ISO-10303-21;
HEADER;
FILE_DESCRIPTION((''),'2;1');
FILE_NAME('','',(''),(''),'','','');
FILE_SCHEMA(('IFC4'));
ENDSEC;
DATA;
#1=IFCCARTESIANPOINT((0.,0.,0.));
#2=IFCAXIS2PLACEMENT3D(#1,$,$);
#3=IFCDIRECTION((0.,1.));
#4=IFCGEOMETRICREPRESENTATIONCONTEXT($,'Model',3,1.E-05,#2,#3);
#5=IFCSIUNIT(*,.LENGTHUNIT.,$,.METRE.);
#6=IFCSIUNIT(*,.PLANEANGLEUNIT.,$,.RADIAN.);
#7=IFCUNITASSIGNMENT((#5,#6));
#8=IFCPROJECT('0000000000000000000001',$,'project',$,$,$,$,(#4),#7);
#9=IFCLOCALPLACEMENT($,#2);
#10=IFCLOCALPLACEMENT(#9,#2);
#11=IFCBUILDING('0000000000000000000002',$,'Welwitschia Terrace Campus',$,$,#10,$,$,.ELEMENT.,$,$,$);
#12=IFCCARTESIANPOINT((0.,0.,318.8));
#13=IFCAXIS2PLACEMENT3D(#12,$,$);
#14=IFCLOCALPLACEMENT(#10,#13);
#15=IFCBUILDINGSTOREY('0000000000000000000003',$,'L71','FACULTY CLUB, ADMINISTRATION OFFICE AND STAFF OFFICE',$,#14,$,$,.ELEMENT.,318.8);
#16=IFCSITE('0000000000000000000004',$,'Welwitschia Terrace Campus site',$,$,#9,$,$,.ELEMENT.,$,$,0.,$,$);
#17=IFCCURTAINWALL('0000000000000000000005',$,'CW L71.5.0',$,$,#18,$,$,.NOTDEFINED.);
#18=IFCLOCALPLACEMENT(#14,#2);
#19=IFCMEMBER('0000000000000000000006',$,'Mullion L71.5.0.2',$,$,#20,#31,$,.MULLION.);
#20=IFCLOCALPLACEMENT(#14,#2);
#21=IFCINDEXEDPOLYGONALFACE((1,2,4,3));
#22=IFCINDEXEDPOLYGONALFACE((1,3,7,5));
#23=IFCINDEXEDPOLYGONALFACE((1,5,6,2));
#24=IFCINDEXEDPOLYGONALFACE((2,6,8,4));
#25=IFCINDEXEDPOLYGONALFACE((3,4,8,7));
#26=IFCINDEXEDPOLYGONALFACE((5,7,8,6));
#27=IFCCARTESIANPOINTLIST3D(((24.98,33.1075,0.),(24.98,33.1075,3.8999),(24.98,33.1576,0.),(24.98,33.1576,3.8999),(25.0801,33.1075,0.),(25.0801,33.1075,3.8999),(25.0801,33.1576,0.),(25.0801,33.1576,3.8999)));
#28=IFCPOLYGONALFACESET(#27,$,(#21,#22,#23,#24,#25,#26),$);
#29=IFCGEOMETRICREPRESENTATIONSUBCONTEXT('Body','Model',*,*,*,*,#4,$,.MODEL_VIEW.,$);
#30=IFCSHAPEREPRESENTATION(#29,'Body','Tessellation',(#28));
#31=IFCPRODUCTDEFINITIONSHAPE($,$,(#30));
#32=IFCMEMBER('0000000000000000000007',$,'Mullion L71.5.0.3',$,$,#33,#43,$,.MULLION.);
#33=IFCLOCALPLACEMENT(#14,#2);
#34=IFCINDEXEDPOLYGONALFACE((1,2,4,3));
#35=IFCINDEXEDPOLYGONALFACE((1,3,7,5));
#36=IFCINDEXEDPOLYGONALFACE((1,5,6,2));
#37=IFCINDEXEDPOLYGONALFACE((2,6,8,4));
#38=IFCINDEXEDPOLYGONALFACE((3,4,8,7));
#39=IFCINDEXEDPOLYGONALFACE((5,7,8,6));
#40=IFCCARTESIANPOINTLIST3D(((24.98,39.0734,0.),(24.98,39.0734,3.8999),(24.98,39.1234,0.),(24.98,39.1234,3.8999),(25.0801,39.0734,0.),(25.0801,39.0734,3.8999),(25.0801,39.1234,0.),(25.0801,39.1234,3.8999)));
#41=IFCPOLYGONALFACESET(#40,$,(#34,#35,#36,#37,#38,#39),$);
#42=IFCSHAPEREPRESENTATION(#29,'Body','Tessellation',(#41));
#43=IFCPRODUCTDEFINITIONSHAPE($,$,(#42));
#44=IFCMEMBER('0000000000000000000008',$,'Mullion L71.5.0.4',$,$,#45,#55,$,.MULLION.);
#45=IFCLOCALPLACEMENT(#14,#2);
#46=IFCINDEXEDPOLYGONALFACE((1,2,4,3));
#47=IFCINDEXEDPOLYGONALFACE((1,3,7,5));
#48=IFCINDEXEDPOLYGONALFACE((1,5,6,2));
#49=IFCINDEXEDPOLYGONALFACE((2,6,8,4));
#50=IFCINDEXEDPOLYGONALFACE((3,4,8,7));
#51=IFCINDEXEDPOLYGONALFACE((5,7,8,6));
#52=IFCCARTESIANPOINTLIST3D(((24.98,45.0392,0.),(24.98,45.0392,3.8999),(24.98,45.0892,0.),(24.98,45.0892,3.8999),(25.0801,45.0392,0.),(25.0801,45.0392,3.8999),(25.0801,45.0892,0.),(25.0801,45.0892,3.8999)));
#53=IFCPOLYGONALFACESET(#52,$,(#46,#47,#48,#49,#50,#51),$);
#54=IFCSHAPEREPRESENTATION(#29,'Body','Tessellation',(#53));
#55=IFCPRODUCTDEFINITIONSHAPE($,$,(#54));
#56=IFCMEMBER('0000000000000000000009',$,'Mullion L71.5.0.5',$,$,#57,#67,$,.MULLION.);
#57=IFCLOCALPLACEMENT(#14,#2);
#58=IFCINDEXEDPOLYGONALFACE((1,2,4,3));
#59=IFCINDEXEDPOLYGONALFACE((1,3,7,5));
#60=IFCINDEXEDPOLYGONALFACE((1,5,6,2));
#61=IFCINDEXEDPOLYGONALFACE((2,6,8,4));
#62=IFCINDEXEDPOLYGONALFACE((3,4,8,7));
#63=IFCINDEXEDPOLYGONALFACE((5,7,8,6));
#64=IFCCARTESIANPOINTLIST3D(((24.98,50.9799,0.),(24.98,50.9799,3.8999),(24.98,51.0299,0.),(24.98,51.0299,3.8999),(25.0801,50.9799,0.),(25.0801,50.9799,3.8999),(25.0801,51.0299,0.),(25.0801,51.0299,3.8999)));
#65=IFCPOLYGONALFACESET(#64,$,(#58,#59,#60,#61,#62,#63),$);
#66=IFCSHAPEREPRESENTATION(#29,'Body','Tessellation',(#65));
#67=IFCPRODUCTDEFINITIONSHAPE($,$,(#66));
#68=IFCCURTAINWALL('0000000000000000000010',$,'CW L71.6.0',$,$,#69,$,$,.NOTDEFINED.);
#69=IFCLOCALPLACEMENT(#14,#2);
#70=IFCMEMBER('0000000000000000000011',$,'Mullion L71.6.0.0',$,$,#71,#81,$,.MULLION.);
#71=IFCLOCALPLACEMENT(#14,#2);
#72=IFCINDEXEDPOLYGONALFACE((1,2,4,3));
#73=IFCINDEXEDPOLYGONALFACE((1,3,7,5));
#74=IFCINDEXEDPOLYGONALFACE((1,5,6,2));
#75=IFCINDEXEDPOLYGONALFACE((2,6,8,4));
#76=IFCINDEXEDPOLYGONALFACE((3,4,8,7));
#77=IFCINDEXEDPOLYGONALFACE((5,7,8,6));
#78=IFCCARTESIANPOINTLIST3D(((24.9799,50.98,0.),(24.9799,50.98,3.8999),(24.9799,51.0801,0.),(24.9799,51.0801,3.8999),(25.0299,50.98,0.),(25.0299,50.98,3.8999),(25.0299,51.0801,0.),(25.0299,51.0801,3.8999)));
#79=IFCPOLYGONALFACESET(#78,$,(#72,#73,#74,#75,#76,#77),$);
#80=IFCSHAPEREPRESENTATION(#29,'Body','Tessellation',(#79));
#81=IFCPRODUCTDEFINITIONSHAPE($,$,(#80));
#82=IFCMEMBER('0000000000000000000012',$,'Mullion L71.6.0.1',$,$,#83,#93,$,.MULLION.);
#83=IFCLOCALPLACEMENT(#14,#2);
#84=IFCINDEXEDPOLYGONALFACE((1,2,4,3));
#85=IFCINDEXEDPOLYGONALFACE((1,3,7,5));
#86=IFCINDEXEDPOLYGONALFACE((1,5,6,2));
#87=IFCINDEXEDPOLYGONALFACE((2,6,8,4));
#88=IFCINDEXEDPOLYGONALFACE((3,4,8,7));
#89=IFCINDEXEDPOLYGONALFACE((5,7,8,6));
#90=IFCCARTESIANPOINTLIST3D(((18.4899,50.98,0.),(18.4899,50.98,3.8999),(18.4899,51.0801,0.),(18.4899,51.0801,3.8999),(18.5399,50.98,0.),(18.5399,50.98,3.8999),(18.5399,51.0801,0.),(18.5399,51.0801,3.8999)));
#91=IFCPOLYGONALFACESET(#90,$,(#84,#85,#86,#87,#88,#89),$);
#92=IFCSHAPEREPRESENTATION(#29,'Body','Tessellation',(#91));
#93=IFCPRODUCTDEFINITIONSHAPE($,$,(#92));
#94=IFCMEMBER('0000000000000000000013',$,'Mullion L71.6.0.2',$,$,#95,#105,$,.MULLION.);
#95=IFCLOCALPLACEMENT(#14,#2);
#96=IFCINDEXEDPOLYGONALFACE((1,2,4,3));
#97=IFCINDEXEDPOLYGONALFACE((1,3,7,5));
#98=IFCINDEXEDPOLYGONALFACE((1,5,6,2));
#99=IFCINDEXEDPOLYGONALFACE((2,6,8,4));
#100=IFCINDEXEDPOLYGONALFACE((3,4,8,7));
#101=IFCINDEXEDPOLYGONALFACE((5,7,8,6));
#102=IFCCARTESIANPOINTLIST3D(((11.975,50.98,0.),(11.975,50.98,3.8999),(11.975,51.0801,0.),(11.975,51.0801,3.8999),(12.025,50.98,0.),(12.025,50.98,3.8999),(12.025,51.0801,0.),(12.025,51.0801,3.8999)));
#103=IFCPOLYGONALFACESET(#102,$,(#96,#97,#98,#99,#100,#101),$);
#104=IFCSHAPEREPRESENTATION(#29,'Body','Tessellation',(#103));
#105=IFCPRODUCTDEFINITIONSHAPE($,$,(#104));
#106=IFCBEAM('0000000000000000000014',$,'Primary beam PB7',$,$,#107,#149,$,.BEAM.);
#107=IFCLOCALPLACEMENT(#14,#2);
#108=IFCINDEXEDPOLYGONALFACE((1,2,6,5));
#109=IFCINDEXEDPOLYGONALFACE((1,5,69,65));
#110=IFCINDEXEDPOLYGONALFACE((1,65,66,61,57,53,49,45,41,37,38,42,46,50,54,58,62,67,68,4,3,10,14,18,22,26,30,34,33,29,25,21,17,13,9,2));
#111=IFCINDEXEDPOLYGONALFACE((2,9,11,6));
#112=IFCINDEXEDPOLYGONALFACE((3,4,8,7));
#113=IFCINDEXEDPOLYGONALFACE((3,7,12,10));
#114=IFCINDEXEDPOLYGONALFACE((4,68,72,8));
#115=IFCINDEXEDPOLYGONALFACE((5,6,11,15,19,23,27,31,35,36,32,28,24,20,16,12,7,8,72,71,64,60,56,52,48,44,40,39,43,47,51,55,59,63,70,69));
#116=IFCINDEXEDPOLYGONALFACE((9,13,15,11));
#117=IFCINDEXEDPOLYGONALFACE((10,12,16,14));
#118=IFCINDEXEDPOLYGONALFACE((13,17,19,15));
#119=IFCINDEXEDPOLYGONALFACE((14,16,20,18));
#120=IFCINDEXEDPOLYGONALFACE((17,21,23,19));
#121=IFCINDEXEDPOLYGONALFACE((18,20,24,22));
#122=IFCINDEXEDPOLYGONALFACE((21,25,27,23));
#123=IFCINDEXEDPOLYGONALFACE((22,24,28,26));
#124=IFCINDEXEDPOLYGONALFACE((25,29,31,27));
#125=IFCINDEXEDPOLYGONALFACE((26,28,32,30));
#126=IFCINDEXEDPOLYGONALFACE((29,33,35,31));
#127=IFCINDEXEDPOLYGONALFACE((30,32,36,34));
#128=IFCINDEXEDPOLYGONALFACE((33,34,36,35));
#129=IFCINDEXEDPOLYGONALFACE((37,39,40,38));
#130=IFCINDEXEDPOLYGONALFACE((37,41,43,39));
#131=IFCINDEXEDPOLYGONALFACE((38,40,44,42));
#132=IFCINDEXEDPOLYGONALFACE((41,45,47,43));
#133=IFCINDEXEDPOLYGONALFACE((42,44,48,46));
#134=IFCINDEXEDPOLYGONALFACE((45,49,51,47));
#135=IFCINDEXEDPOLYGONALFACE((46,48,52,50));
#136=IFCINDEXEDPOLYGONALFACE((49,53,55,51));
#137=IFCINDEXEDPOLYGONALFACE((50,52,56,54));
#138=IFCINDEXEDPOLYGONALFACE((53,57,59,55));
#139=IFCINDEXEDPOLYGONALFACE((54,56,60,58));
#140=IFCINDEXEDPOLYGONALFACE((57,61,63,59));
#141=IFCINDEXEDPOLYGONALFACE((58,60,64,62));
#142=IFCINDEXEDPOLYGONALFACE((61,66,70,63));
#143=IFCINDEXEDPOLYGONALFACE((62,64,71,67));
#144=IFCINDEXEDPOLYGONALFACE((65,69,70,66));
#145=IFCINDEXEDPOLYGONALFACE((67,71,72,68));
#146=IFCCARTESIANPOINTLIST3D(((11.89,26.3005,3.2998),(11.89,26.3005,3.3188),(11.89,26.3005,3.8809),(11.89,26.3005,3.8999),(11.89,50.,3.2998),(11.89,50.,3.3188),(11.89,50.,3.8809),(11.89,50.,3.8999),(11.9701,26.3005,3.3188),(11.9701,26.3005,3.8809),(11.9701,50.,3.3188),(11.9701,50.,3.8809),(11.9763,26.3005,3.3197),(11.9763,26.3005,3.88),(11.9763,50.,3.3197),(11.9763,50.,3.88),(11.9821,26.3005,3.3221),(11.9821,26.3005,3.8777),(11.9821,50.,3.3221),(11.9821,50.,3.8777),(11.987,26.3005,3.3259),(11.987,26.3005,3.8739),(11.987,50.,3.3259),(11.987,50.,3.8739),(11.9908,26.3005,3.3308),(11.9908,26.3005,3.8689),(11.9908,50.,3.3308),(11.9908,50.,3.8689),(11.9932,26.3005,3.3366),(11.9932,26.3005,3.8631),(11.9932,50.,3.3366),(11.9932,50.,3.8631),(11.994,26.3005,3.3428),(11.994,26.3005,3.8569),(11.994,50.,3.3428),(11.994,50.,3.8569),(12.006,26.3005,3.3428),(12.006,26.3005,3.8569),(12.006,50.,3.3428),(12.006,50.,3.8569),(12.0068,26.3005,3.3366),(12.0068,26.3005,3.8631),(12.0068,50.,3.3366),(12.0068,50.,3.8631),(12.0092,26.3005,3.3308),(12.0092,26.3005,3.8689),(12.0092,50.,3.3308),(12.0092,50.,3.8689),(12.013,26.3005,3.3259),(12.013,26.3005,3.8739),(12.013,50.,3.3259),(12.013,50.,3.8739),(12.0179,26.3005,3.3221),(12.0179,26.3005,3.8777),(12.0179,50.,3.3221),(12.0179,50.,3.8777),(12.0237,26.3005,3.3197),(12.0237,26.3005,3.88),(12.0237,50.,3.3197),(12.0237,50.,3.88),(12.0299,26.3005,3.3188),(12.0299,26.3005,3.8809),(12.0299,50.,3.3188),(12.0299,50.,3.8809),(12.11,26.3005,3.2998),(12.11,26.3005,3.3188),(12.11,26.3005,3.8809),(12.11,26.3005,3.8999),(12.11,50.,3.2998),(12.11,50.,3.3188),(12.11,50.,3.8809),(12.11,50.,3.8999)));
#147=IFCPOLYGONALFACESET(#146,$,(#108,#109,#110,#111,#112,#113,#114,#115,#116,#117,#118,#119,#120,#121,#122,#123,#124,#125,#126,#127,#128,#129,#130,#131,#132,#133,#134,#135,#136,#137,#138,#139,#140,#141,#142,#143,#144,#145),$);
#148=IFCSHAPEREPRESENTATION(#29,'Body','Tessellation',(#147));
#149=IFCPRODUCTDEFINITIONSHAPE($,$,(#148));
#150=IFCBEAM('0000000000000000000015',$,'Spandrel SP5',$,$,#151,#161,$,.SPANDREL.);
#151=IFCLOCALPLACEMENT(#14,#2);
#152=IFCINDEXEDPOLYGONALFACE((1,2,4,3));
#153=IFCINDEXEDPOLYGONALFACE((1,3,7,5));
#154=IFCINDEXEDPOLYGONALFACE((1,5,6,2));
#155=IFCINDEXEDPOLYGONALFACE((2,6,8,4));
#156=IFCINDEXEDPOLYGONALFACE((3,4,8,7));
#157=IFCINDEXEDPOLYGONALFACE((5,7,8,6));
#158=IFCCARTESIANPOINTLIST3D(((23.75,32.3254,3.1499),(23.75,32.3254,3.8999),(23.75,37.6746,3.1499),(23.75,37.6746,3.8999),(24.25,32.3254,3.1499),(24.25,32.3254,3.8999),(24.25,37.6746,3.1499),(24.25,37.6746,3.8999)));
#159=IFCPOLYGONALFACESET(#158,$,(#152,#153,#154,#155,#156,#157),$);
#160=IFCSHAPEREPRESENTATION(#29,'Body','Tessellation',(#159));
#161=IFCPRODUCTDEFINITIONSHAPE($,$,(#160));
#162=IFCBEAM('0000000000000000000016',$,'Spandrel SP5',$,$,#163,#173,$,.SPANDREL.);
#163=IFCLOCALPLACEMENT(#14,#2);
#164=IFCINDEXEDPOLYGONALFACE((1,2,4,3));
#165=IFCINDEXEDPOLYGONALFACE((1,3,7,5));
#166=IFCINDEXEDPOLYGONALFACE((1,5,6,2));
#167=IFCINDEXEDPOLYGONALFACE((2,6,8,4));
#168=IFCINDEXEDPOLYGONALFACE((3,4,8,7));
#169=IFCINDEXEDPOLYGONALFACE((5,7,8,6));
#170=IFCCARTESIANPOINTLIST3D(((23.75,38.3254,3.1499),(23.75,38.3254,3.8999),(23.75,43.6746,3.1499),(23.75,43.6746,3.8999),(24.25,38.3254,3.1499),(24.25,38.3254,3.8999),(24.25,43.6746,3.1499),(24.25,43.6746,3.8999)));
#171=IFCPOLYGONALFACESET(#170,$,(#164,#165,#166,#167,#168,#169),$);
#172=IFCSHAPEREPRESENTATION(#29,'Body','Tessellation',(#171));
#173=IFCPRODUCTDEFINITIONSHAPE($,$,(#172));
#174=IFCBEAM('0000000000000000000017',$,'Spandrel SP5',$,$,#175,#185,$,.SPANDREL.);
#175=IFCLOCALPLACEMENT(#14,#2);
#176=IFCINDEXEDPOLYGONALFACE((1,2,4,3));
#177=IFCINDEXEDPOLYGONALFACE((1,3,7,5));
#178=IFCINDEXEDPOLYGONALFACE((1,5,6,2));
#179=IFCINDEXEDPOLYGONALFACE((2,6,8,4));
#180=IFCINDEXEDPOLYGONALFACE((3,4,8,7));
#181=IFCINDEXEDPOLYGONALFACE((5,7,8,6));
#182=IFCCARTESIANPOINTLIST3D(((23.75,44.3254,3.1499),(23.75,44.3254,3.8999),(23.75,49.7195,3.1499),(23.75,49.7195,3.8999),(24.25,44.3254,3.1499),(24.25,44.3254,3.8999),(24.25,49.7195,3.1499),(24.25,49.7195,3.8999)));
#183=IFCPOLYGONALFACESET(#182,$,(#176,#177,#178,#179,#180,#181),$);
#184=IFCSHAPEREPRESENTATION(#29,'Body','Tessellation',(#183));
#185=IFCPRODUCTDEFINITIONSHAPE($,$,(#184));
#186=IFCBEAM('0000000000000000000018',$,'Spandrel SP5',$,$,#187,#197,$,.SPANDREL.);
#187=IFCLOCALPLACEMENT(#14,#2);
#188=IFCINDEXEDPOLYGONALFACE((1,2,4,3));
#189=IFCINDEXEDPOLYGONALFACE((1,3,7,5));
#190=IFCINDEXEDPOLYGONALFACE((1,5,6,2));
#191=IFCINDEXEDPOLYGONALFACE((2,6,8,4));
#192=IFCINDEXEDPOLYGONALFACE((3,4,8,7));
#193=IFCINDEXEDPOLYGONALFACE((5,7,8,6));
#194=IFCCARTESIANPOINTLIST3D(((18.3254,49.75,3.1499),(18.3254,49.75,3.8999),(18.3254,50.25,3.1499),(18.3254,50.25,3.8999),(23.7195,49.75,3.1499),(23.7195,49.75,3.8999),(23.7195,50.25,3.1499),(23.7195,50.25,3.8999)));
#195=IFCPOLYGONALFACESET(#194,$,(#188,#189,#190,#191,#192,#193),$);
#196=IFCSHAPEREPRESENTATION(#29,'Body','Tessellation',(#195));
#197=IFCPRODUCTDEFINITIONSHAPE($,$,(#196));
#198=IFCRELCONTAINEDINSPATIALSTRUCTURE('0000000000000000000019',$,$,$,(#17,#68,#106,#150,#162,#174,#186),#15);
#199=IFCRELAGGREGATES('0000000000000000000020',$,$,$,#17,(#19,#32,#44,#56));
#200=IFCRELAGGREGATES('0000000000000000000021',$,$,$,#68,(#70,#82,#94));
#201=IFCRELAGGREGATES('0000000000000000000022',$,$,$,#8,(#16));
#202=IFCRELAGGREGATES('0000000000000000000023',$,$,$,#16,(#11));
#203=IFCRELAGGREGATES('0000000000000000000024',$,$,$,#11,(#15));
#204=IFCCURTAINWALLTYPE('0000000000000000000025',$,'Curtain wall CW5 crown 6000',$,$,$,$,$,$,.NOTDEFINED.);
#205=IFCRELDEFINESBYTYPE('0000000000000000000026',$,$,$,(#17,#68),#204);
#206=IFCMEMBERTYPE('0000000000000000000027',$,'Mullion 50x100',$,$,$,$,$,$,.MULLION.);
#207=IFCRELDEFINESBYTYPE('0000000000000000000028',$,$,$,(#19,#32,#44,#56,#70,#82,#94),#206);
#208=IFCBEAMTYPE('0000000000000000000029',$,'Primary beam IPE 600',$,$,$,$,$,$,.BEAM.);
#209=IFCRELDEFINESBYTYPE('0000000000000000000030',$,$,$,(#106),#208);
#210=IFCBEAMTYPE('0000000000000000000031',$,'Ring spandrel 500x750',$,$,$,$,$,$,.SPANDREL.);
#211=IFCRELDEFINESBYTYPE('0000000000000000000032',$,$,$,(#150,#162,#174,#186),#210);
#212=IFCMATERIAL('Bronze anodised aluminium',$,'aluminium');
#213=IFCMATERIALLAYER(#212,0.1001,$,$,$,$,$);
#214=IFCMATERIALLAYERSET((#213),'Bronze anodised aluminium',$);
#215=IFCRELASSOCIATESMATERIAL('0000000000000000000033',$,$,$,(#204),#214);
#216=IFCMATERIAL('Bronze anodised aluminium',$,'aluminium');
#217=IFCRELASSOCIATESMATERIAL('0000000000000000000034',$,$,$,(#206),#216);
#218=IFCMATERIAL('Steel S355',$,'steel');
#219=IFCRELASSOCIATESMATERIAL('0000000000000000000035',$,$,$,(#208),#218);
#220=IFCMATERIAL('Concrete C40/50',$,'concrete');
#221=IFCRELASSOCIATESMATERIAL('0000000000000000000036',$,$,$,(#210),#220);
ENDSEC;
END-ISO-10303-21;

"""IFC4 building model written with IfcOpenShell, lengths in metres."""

from ifc_helpers import new_model, si_unit, direction, frame, origin, origin_2d, place, context, subcontext, project, spatial, rectangle, i_section, extrude, material, layer, layer_set, material_profile, profile_set, type_object, element, aggregate, save


model = new_model("IFC4")

# Units and contexts
model_context = context("Model", 3, precision=1e-05, world=origin(), true_north=direction((0.0, 1.0)))
body_context = subcontext(model_context, "Body", "Model", "MODEL_VIEW")
ifc_project = project(units=[si_unit("LENGTHUNIT", "METRE"), si_unit("PLANEANGLEUNIT", "RADIAN")], contexts=[model_context])

# Site, building, storey
site_placement = place(None, origin())
site = spatial("IfcSite", under=ifc_project, at=site_placement, Name="Welwitschia Terrace Campus site", CompositionType="ELEMENT", RefElevation=0.0)
building_placement = place(site_placement, origin())
building = spatial("IfcBuilding", under=site, at=building_placement, Name="Welwitschia Terrace Campus", CompositionType="ELEMENT")
storey_placement = place(building_placement, frame((0.0, 0.0, 318.8)))
storey = spatial("IfcBuildingStorey", under=building, at=storey_placement, Name="L71", Description="FACULTY CLUB, ADMINISTRATION OFFICE AND STAFF OFFICE", CompositionType="ELEMENT", Elevation=318.8)

# Curtain walls, members
ifc_material_1 = material(Name="Bronze anodised aluminium", Category="aluminium")
ifc_layer_1 = layer(ifc_material_1, 0.1001)
ifc_layer_set_1 = layer_set([ifc_layer_1], Name="Bronze anodised aluminium")
curtain_wall_type = type_object("IfcCurtainWallType", Name="Curtain wall CW5 crown 6000", PredefinedType="NOTDEFINED", material=ifc_layer_set_1)
curtain_wall_1_placement = place(storey_placement, origin())
curtain_wall_1 = element("IfcCurtainWall", 1, at=curtain_wall_1_placement, inside=storey, type_object=curtain_wall_type, Name="CW L71.5.0", PredefinedType="NOTDEFINED")
ifc_material_2 = material(Name="Bronze anodised aluminium", Category="aluminium")
ifc_material_profile_1 = material_profile(ifc_material_2, rectangle(XDim=0.1001, YDim=0.05, at=origin_2d()))
ifc_profile_set_1 = profile_set([ifc_material_profile_1], Name="Bronze anodised aluminium")
member_type_1 = type_object("IfcMemberType", Name="Mullion 50x100", PredefinedType="MULLION", material=ifc_profile_set_1)
member_1_placement = place(storey_placement, frame((25.03, 33.1326, 0.0), z_axis=(0.0, 0.0, 1.0), x_axis=(-1.0, 0.0, 0.0)))
member_1 = element("IfcMember", 2, at=member_1_placement, type_object=member_type_1, Name="Mullion L71.5.0.2", PredefinedType="MULLION", context=body_context, shape_type="SweptSolid", body=[
    extrude(rectangle(XDim=0.1001, YDim=0.05, at=origin_2d()), origin(), (0.0, 0.0, 1.0), 3.8999),
])
member_2_placement = place(storey_placement, frame((25.03, 39.0984, 0.0), z_axis=(0.0, 0.0, 1.0), x_axis=(-1.0, 0.0, 0.0)))
member_2 = element("IfcMember", 3, at=member_2_placement, type_object=member_type_1, Name="Mullion L71.5.0.3", PredefinedType="MULLION", context=body_context, shape_type="SweptSolid", body=[
    extrude(rectangle(XDim=0.1001, YDim=0.05, at=origin_2d()), origin(), (0.0, 0.0, 1.0), 3.8999),
])
member_3_placement = place(storey_placement, frame((25.03, 45.0642, 0.0), z_axis=(0.0, 0.0, 1.0), x_axis=(-1.0, 0.0, 0.0)))
member_3 = element("IfcMember", 4, at=member_3_placement, type_object=member_type_1, Name="Mullion L71.5.0.4", PredefinedType="MULLION", context=body_context, shape_type="SweptSolid", body=[
    extrude(rectangle(XDim=0.1001, YDim=0.05, at=origin_2d()), origin(), (0.0, 0.0, 1.0), 3.8999),
])
member_4_placement = place(storey_placement, frame((25.03, 51.0049, 0.0), z_axis=(0.0, 0.0, 1.0), x_axis=(-1.0, 0.0, 0.0)))
member_4 = element("IfcMember", 5, at=member_4_placement, type_object=member_type_1, Name="Mullion L71.5.0.5", PredefinedType="MULLION", context=body_context, shape_type="SweptSolid", body=[
    extrude(rectangle(XDim=0.1001, YDim=0.05, at=origin_2d()), origin(), (0.0, 0.0, 1.0), 3.8999),
])
curtain_wall_2_placement = place(storey_placement, origin())
curtain_wall_2 = element("IfcCurtainWall", 6, at=curtain_wall_2_placement, inside=storey, type_object=curtain_wall_type, Name="CW L71.6.0", PredefinedType="NOTDEFINED")
member_5_placement = place(storey_placement, frame((25.0049, 51.03, 0.0), z_axis=(0.0, 0.0, 1.0), x_axis=(0.0, -1.0, 0.0)))
member_5 = element("IfcMember", 7, at=member_5_placement, type_object=member_type_1, Name="Mullion L71.6.0.0", PredefinedType="MULLION", context=body_context, shape_type="SweptSolid", body=[
    extrude(rectangle(XDim=0.1001, YDim=0.05, at=origin_2d()), origin(), (0.0, 0.0, 1.0), 3.8999),
])
member_6_placement = place(storey_placement, frame((18.5149, 51.03, 0.0), z_axis=(0.0, 0.0, 1.0), x_axis=(0.0, -1.0, 0.0)))
member_6 = element("IfcMember", 8, at=member_6_placement, type_object=member_type_1, Name="Mullion L71.6.0.1", PredefinedType="MULLION", context=body_context, shape_type="SweptSolid", body=[
    extrude(rectangle(XDim=0.1001, YDim=0.05, at=origin_2d()), origin(), (0.0, 0.0, 1.0), 3.8999),
])
member_7_placement = place(storey_placement, frame((12.0, 51.03, 0.0), z_axis=(0.0, 0.0, 1.0), x_axis=(0.0, -1.0, 0.0)))
member_7 = element("IfcMember", 9, at=member_7_placement, type_object=member_type_1, Name="Mullion L71.6.0.2", PredefinedType="MULLION", context=body_context, shape_type="SweptSolid", body=[
    extrude(rectangle(XDim=0.1001, YDim=0.05, at=origin_2d()), origin(), (0.0, 0.0, 1.0), 3.8999),
])

# Beams
ifc_material_3 = material(Name="Steel S355", Category="steel")
ifc_material_profile_2 = material_profile(ifc_material_3, i_section(OverallWidth=0.22, OverallDepth=0.6001, WebThickness=0.012, FlangeThickness=0.019, FilletRadius=0.0239, at=origin_2d()))
ifc_profile_set_2 = profile_set([ifc_material_profile_2], Name="Steel S355")
beam_type_1 = type_object("IfcBeamType", Name="Primary beam IPE 600", PredefinedType="BEAM", material=ifc_profile_set_2)
beam_1_placement = place(storey_placement, frame((12.0, 50.0, 3.5999), z_axis=(0.0, -1.0, 0.0), x_axis=(1.0, 0.0, 0.0)))
element("IfcBeam", 10, at=beam_1_placement, inside=storey, type_object=beam_type_1, Name="Primary beam PB7", PredefinedType="BEAM", context=body_context, shape_type="SweptSolid", body=[
    extrude(i_section(OverallWidth=0.22, OverallDepth=0.6001, WebThickness=0.012, FlangeThickness=0.019, FilletRadius=0.0239, at=origin_2d()), origin(), (0.0, 0.0, 1.0), 23.6995),
])
ifc_material_4 = material(Name="Concrete C40/50", Category="concrete")
ifc_material_profile_3 = material_profile(ifc_material_4, rectangle(XDim=0.5, YDim=0.75, at=origin_2d()))
ifc_profile_set_3 = profile_set([ifc_material_profile_3], Name="Concrete C40/50")
beam_type_2 = type_object("IfcBeamType", Name="Ring spandrel 500x750", PredefinedType="SPANDREL", material=ifc_profile_set_3)
for number, where, z_axis, x_axis, name in (
    (11, (24.0, 32.3254, 3.5249), (0.0, 1.0, 0.0), (-1.0, 0.0, 0.0), "Spandrel SP5"),
    (12, (24.0, 38.3254, 3.5249), (0.0, 1.0, 0.0), (-1.0, 0.0, 0.0), "Spandrel SP5"),
):
    element("IfcBeam", number, at=place(storey_placement, frame(where, z_axis=z_axis, x_axis=x_axis)), inside=storey, type_object=beam_type_2, Name=name, PredefinedType="SPANDREL", context=body_context, shape_type="SweptSolid", body=[
        extrude(rectangle(XDim=0.5, YDim=0.75, at=origin_2d()), origin(), (0.0, 0.0, 1.0), 5.3491),
    ])
for number, where, z_axis, x_axis, name in (
    (13, (24.0, 44.3254, 3.5249), (0.0, 1.0, 0.0), (-1.0, 0.0, 0.0), "Spandrel SP5"),
    (14, (23.7195, 50.0, 3.5249), (-1.0, 0.0, 0.0), (0.0, -1.0, 0.0), "Spandrel SP5"),
):
    element("IfcBeam", number, at=place(storey_placement, frame(where, z_axis=z_axis, x_axis=x_axis)), inside=storey, type_object=beam_type_2, Name=name, PredefinedType="SPANDREL", context=body_context, shape_type="SweptSolid", body=[
        extrude(rectangle(XDim=0.5, YDim=0.75, at=origin_2d()), origin(), (0.0, 0.0, 1.0), 5.394),
    ])

aggregate(curtain_wall_1, [member_1, member_2, member_3, member_4])
aggregate(curtain_wall_2, [member_5, member_6, member_7])

save(model, "model.ifc")
